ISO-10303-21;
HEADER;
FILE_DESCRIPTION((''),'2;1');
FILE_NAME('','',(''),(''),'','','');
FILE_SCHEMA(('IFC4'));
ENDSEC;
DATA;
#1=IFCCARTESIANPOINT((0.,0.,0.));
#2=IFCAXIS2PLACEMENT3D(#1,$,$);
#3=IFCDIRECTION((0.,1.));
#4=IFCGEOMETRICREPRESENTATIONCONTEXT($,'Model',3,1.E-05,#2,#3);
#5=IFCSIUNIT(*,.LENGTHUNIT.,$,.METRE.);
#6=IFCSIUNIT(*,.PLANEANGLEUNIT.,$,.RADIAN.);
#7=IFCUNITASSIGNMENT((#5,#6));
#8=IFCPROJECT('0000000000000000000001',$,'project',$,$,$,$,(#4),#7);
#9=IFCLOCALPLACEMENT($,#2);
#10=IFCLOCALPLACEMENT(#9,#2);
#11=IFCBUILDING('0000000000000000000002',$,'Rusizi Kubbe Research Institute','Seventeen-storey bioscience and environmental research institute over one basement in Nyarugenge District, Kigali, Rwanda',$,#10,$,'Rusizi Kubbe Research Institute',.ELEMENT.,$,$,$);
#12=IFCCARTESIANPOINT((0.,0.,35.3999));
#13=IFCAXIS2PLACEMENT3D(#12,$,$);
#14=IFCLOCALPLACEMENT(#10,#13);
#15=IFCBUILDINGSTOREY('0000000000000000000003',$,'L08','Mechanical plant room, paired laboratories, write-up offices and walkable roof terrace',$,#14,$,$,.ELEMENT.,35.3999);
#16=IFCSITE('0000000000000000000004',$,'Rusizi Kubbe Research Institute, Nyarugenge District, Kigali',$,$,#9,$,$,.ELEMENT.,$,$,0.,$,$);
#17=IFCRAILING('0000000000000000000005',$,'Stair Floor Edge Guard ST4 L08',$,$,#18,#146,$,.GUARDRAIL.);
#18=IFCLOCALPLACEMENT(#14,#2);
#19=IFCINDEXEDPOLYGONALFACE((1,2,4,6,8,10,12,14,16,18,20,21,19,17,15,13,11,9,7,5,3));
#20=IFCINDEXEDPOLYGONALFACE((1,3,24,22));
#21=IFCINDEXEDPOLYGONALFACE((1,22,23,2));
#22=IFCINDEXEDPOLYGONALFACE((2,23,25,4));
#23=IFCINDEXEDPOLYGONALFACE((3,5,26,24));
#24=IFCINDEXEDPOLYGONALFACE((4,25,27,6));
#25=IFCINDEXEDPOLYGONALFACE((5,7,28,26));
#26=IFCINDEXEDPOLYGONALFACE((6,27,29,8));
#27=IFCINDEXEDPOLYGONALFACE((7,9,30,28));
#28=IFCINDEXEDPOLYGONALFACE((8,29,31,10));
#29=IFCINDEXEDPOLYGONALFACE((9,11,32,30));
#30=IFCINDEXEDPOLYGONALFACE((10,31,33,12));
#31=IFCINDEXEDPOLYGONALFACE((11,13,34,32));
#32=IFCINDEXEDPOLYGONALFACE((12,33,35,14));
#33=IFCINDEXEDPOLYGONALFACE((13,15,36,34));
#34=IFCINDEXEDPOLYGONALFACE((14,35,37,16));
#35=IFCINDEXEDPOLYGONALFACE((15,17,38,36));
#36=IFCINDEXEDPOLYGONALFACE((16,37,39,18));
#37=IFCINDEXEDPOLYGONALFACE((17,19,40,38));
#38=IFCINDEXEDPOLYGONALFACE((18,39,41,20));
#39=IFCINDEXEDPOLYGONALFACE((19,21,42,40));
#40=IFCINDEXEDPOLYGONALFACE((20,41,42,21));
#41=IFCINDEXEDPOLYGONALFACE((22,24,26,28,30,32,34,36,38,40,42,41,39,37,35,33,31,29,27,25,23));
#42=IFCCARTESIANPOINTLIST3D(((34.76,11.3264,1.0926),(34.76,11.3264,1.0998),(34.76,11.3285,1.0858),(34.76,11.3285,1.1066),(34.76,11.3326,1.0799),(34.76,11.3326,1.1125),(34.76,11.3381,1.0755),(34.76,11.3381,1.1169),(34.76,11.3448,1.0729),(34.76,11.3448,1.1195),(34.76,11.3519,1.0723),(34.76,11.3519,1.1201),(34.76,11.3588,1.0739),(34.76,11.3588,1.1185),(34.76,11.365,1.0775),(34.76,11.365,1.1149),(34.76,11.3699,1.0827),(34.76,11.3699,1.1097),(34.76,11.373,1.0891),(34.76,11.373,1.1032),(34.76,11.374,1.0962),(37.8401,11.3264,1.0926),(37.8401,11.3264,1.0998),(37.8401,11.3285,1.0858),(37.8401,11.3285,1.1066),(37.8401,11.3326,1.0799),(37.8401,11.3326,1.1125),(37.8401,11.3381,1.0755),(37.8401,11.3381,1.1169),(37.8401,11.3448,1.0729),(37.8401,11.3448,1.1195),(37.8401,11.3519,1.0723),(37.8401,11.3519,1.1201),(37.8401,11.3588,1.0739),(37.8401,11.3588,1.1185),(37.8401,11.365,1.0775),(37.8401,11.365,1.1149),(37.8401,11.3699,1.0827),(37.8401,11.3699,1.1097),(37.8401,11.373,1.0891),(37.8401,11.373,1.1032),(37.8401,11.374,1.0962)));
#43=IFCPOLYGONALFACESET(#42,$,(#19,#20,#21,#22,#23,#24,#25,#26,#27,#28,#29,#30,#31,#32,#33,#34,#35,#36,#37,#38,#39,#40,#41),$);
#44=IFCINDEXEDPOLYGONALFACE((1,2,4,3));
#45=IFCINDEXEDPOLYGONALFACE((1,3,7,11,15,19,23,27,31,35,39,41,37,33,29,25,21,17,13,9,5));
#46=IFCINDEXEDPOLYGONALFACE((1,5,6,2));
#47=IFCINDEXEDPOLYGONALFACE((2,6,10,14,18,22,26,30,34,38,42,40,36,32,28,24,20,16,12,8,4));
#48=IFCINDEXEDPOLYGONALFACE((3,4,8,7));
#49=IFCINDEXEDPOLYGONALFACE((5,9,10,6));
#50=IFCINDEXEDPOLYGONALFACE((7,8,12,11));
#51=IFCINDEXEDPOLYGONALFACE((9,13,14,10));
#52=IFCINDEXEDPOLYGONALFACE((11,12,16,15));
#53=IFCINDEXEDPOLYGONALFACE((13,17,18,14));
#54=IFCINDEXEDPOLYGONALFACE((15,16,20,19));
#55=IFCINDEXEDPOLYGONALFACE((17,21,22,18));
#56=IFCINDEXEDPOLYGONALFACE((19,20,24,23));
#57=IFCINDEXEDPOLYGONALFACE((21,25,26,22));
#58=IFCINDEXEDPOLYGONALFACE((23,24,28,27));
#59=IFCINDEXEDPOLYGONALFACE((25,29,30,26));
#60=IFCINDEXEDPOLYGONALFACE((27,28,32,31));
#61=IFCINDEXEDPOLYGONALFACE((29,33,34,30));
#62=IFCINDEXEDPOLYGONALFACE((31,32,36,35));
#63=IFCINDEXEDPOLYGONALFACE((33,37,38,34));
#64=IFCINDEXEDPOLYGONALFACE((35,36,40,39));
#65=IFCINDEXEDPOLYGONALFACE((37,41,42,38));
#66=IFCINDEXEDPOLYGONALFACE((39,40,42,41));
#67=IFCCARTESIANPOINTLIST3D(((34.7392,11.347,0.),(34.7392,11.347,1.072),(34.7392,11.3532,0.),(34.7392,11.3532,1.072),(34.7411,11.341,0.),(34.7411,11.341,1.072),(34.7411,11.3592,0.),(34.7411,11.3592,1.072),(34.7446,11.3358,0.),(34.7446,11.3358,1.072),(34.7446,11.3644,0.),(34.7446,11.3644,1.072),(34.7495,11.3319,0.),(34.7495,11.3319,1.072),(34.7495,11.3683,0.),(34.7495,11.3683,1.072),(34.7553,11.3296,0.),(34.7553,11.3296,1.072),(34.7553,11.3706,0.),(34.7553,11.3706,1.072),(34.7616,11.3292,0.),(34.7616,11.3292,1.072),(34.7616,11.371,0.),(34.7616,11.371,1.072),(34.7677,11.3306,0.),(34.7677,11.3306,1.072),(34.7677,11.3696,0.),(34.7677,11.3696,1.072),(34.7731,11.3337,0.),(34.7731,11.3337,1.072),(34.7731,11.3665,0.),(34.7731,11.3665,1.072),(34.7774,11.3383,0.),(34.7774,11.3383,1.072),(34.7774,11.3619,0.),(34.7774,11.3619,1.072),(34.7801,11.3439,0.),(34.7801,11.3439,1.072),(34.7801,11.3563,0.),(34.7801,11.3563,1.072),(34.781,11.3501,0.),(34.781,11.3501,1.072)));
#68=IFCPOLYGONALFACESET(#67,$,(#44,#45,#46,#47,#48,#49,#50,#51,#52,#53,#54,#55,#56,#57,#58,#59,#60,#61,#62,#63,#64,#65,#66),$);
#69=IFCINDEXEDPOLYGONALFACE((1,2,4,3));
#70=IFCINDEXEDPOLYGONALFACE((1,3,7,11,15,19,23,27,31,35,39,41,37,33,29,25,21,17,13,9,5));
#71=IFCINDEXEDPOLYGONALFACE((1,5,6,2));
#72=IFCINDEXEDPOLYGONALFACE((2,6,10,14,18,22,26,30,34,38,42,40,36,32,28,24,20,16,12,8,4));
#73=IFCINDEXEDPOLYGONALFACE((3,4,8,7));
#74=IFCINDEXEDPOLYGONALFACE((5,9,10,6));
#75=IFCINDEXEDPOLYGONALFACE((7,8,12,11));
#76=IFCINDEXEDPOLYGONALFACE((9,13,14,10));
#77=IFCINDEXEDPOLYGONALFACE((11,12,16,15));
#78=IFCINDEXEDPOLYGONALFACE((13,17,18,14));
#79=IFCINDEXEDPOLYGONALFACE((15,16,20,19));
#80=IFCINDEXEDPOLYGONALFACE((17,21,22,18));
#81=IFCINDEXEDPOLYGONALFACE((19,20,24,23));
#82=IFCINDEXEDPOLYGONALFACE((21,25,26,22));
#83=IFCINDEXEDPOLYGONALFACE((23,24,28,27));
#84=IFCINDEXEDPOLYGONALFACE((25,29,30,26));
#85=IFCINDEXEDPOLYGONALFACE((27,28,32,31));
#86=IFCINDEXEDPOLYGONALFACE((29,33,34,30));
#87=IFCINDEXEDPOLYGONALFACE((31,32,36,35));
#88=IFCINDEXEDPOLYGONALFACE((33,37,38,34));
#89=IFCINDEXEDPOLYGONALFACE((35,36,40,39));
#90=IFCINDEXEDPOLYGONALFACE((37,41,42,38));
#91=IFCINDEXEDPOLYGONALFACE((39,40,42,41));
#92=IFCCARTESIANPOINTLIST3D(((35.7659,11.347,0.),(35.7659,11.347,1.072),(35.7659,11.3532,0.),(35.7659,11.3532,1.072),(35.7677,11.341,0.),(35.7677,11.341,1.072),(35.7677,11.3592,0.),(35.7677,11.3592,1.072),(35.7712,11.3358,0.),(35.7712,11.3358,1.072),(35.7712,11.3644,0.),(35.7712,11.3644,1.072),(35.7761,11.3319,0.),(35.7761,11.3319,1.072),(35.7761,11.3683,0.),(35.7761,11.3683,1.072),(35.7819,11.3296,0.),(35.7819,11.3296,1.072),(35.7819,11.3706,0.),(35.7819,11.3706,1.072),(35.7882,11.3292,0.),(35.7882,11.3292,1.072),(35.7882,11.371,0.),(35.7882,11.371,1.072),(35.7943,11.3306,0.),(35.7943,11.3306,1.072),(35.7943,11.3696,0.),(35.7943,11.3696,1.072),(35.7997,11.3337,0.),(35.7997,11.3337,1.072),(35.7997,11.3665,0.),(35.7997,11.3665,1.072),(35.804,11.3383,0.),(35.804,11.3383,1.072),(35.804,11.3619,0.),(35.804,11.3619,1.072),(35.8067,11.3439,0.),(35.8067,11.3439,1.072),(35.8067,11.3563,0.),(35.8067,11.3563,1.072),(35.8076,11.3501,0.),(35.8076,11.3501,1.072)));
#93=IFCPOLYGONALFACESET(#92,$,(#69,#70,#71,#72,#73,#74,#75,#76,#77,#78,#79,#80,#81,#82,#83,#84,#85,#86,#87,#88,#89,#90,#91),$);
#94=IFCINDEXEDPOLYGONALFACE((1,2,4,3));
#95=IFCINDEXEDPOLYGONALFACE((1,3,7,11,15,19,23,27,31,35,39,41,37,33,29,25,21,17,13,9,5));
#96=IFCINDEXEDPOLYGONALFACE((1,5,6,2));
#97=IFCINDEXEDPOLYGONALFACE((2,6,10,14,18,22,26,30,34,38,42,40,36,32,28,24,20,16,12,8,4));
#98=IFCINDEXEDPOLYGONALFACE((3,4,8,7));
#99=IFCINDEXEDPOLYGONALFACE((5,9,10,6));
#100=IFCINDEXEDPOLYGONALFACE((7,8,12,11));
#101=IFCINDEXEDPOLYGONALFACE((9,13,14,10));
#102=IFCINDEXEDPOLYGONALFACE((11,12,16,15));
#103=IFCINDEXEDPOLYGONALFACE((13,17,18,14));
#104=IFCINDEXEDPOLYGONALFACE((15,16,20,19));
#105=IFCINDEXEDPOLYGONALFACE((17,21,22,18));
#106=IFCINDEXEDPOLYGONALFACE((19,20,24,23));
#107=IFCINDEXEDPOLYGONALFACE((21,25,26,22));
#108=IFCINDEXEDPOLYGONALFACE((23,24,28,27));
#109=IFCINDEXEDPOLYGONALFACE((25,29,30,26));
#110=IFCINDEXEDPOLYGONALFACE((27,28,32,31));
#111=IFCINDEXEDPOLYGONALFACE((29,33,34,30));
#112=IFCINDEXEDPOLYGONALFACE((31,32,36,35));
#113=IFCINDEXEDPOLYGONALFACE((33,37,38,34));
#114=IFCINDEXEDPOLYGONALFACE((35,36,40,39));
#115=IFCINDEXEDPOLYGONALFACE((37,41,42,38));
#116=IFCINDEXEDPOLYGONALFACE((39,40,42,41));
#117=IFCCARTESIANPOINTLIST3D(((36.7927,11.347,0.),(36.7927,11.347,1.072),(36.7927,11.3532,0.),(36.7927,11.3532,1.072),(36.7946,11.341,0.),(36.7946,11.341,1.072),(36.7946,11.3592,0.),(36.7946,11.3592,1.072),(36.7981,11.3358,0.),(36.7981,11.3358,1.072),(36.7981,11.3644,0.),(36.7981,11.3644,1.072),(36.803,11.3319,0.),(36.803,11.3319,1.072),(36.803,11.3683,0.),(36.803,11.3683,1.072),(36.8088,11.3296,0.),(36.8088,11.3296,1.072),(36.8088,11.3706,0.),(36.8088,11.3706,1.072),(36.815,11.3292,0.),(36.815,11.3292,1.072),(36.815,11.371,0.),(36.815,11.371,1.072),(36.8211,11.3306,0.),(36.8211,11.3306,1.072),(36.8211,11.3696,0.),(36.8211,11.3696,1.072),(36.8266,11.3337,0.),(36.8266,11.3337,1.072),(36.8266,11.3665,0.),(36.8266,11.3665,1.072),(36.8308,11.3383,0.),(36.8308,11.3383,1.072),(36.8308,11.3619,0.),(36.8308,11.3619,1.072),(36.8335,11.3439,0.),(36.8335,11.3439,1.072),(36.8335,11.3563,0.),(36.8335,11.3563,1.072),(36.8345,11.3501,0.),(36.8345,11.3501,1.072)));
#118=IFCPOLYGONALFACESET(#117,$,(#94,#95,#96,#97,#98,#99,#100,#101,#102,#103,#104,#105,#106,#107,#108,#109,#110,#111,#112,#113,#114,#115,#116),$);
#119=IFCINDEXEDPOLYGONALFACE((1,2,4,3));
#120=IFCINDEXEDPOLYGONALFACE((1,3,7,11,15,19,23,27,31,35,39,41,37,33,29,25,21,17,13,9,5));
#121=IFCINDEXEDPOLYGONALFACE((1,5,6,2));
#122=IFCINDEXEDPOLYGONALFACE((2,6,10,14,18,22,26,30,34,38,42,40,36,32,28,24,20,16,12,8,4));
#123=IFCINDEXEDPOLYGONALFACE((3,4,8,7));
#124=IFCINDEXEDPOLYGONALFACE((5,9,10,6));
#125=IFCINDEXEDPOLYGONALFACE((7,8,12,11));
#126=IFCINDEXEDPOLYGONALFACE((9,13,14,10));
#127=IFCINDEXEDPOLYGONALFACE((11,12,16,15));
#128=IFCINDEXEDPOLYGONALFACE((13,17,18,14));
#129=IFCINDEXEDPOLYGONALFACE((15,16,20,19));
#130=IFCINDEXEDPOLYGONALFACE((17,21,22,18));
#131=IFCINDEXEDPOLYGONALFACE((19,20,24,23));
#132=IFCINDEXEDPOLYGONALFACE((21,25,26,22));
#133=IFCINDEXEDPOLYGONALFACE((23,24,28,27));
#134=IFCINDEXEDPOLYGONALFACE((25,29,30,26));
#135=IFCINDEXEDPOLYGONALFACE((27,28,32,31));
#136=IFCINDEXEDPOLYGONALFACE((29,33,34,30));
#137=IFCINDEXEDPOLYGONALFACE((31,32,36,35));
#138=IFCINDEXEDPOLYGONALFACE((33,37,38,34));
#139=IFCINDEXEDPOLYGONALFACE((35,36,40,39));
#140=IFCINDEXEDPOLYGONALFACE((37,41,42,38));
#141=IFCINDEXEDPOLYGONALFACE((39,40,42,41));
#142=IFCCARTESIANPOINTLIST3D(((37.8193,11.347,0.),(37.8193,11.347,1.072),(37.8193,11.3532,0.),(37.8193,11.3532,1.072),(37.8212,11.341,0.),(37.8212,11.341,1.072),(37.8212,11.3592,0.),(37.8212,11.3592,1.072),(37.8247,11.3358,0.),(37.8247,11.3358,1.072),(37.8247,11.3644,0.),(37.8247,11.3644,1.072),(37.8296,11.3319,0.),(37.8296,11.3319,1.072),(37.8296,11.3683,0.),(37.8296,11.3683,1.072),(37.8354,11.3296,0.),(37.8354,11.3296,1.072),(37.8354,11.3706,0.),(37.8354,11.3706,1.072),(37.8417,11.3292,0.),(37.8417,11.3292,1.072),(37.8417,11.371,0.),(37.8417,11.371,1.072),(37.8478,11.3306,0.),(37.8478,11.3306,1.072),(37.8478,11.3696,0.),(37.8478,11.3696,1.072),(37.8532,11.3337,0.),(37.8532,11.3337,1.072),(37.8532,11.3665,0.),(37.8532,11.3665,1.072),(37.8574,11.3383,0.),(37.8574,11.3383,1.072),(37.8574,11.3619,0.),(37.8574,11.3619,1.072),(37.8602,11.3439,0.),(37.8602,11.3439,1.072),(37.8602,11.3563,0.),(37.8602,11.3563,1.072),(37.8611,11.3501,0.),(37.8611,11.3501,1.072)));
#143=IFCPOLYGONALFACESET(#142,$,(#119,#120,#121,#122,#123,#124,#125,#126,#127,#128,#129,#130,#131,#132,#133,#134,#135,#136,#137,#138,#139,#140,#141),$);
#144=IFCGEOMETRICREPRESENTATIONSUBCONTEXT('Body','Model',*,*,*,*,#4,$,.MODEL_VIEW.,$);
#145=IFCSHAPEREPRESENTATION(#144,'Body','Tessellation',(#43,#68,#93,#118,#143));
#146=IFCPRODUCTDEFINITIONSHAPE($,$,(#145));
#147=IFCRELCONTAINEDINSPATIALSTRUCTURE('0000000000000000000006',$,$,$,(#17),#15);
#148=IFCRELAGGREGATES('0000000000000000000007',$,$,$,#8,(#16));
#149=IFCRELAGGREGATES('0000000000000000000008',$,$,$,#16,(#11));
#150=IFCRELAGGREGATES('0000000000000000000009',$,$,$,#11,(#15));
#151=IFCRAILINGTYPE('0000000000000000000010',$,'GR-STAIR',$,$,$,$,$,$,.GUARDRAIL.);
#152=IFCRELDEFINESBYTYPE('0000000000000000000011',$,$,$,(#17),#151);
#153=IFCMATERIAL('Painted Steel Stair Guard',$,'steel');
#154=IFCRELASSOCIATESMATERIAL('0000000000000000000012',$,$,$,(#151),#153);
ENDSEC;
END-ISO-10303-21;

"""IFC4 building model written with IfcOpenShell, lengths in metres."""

from ifc_helpers import new_model, si_unit, direction, frame, origin, origin_2d, place, context, subcontext, project, spatial, circle, extrude, material, type_object, element, save


model = new_model("IFC4")

# Units and contexts
model_context = context("Model", 3, precision=1e-05, world=origin(), true_north=direction((0.0, 1.0)))
body_context = subcontext(model_context, "Body", "Model", "MODEL_VIEW")
ifc_project = project(units=[si_unit("LENGTHUNIT", "METRE"), si_unit("PLANEANGLEUNIT", "RADIAN")], contexts=[model_context])

# Site, building, storey
site_placement = place(None, origin())
site = spatial("IfcSite", under=ifc_project, at=site_placement, Name="Rusizi Kubbe Research Institute, Nyarugenge District, Kigali", CompositionType="ELEMENT", RefElevation=0.0)
building_placement = place(site_placement, origin())
building = spatial("IfcBuilding", under=site, at=building_placement, Name="Rusizi Kubbe Research Institute", Description="Seventeen-storey bioscience and environmental research institute over one basement in Nyarugenge District, Kigali, Rwanda", LongName="Rusizi Kubbe Research Institute", CompositionType="ELEMENT")
storey_placement = place(building_placement, frame((0.0, 0.0, 35.3999)))
storey = spatial("IfcBuildingStorey", under=building, at=storey_placement, Name="L08", Description="Mechanical plant room, paired laboratories, write-up offices and walkable roof terrace", CompositionType="ELEMENT", Elevation=35.3999)

# Railing
ifc_material_1 = material(Name="Painted Steel Stair Guard", Category="steel")
railing_type_1 = type_object("IfcRailingType", Name="GR-STAIR", PredefinedType="GUARDRAIL", material=ifc_material_1)
railing_1_placement = place(storey_placement, frame((34.76, 11.3501, 0.0)))
element("IfcRailing", 1, at=railing_1_placement, inside=storey, type_object=railing_type_1, Name="Stair Floor Edge Guard ST4 L08", PredefinedType="GUARDRAIL", context=body_context, shape_type="SweptSolid", body=[
    extrude(circle(Radius=0.0239, at=origin_2d()), frame((0.0, 0.0, 1.0962), z_axis=(1.0, 0.0, 0.0), x_axis=(0.0, 1.0, 0.0)), (0.0, 0.0, 1.0), 3.0801),
    extrude(circle(Radius=0.021, at=origin_2d()), origin(), (0.0, 0.0, 1.0), 1.072),
    extrude(circle(Radius=0.021, at=origin_2d()), frame((1.0266, 0.0, 0.0)), (0.0, 0.0, 1.0), 1.072),
    extrude(circle(Radius=0.021, at=origin_2d()), frame((2.0535, 0.0, 0.0)), (0.0, 0.0, 1.0), 1.072),
    extrude(circle(Radius=0.021, at=origin_2d()), frame((3.0801, 0.0, 0.0)), (0.0, 0.0, 1.0), 1.072),
])

save(model, "model.ifc")
